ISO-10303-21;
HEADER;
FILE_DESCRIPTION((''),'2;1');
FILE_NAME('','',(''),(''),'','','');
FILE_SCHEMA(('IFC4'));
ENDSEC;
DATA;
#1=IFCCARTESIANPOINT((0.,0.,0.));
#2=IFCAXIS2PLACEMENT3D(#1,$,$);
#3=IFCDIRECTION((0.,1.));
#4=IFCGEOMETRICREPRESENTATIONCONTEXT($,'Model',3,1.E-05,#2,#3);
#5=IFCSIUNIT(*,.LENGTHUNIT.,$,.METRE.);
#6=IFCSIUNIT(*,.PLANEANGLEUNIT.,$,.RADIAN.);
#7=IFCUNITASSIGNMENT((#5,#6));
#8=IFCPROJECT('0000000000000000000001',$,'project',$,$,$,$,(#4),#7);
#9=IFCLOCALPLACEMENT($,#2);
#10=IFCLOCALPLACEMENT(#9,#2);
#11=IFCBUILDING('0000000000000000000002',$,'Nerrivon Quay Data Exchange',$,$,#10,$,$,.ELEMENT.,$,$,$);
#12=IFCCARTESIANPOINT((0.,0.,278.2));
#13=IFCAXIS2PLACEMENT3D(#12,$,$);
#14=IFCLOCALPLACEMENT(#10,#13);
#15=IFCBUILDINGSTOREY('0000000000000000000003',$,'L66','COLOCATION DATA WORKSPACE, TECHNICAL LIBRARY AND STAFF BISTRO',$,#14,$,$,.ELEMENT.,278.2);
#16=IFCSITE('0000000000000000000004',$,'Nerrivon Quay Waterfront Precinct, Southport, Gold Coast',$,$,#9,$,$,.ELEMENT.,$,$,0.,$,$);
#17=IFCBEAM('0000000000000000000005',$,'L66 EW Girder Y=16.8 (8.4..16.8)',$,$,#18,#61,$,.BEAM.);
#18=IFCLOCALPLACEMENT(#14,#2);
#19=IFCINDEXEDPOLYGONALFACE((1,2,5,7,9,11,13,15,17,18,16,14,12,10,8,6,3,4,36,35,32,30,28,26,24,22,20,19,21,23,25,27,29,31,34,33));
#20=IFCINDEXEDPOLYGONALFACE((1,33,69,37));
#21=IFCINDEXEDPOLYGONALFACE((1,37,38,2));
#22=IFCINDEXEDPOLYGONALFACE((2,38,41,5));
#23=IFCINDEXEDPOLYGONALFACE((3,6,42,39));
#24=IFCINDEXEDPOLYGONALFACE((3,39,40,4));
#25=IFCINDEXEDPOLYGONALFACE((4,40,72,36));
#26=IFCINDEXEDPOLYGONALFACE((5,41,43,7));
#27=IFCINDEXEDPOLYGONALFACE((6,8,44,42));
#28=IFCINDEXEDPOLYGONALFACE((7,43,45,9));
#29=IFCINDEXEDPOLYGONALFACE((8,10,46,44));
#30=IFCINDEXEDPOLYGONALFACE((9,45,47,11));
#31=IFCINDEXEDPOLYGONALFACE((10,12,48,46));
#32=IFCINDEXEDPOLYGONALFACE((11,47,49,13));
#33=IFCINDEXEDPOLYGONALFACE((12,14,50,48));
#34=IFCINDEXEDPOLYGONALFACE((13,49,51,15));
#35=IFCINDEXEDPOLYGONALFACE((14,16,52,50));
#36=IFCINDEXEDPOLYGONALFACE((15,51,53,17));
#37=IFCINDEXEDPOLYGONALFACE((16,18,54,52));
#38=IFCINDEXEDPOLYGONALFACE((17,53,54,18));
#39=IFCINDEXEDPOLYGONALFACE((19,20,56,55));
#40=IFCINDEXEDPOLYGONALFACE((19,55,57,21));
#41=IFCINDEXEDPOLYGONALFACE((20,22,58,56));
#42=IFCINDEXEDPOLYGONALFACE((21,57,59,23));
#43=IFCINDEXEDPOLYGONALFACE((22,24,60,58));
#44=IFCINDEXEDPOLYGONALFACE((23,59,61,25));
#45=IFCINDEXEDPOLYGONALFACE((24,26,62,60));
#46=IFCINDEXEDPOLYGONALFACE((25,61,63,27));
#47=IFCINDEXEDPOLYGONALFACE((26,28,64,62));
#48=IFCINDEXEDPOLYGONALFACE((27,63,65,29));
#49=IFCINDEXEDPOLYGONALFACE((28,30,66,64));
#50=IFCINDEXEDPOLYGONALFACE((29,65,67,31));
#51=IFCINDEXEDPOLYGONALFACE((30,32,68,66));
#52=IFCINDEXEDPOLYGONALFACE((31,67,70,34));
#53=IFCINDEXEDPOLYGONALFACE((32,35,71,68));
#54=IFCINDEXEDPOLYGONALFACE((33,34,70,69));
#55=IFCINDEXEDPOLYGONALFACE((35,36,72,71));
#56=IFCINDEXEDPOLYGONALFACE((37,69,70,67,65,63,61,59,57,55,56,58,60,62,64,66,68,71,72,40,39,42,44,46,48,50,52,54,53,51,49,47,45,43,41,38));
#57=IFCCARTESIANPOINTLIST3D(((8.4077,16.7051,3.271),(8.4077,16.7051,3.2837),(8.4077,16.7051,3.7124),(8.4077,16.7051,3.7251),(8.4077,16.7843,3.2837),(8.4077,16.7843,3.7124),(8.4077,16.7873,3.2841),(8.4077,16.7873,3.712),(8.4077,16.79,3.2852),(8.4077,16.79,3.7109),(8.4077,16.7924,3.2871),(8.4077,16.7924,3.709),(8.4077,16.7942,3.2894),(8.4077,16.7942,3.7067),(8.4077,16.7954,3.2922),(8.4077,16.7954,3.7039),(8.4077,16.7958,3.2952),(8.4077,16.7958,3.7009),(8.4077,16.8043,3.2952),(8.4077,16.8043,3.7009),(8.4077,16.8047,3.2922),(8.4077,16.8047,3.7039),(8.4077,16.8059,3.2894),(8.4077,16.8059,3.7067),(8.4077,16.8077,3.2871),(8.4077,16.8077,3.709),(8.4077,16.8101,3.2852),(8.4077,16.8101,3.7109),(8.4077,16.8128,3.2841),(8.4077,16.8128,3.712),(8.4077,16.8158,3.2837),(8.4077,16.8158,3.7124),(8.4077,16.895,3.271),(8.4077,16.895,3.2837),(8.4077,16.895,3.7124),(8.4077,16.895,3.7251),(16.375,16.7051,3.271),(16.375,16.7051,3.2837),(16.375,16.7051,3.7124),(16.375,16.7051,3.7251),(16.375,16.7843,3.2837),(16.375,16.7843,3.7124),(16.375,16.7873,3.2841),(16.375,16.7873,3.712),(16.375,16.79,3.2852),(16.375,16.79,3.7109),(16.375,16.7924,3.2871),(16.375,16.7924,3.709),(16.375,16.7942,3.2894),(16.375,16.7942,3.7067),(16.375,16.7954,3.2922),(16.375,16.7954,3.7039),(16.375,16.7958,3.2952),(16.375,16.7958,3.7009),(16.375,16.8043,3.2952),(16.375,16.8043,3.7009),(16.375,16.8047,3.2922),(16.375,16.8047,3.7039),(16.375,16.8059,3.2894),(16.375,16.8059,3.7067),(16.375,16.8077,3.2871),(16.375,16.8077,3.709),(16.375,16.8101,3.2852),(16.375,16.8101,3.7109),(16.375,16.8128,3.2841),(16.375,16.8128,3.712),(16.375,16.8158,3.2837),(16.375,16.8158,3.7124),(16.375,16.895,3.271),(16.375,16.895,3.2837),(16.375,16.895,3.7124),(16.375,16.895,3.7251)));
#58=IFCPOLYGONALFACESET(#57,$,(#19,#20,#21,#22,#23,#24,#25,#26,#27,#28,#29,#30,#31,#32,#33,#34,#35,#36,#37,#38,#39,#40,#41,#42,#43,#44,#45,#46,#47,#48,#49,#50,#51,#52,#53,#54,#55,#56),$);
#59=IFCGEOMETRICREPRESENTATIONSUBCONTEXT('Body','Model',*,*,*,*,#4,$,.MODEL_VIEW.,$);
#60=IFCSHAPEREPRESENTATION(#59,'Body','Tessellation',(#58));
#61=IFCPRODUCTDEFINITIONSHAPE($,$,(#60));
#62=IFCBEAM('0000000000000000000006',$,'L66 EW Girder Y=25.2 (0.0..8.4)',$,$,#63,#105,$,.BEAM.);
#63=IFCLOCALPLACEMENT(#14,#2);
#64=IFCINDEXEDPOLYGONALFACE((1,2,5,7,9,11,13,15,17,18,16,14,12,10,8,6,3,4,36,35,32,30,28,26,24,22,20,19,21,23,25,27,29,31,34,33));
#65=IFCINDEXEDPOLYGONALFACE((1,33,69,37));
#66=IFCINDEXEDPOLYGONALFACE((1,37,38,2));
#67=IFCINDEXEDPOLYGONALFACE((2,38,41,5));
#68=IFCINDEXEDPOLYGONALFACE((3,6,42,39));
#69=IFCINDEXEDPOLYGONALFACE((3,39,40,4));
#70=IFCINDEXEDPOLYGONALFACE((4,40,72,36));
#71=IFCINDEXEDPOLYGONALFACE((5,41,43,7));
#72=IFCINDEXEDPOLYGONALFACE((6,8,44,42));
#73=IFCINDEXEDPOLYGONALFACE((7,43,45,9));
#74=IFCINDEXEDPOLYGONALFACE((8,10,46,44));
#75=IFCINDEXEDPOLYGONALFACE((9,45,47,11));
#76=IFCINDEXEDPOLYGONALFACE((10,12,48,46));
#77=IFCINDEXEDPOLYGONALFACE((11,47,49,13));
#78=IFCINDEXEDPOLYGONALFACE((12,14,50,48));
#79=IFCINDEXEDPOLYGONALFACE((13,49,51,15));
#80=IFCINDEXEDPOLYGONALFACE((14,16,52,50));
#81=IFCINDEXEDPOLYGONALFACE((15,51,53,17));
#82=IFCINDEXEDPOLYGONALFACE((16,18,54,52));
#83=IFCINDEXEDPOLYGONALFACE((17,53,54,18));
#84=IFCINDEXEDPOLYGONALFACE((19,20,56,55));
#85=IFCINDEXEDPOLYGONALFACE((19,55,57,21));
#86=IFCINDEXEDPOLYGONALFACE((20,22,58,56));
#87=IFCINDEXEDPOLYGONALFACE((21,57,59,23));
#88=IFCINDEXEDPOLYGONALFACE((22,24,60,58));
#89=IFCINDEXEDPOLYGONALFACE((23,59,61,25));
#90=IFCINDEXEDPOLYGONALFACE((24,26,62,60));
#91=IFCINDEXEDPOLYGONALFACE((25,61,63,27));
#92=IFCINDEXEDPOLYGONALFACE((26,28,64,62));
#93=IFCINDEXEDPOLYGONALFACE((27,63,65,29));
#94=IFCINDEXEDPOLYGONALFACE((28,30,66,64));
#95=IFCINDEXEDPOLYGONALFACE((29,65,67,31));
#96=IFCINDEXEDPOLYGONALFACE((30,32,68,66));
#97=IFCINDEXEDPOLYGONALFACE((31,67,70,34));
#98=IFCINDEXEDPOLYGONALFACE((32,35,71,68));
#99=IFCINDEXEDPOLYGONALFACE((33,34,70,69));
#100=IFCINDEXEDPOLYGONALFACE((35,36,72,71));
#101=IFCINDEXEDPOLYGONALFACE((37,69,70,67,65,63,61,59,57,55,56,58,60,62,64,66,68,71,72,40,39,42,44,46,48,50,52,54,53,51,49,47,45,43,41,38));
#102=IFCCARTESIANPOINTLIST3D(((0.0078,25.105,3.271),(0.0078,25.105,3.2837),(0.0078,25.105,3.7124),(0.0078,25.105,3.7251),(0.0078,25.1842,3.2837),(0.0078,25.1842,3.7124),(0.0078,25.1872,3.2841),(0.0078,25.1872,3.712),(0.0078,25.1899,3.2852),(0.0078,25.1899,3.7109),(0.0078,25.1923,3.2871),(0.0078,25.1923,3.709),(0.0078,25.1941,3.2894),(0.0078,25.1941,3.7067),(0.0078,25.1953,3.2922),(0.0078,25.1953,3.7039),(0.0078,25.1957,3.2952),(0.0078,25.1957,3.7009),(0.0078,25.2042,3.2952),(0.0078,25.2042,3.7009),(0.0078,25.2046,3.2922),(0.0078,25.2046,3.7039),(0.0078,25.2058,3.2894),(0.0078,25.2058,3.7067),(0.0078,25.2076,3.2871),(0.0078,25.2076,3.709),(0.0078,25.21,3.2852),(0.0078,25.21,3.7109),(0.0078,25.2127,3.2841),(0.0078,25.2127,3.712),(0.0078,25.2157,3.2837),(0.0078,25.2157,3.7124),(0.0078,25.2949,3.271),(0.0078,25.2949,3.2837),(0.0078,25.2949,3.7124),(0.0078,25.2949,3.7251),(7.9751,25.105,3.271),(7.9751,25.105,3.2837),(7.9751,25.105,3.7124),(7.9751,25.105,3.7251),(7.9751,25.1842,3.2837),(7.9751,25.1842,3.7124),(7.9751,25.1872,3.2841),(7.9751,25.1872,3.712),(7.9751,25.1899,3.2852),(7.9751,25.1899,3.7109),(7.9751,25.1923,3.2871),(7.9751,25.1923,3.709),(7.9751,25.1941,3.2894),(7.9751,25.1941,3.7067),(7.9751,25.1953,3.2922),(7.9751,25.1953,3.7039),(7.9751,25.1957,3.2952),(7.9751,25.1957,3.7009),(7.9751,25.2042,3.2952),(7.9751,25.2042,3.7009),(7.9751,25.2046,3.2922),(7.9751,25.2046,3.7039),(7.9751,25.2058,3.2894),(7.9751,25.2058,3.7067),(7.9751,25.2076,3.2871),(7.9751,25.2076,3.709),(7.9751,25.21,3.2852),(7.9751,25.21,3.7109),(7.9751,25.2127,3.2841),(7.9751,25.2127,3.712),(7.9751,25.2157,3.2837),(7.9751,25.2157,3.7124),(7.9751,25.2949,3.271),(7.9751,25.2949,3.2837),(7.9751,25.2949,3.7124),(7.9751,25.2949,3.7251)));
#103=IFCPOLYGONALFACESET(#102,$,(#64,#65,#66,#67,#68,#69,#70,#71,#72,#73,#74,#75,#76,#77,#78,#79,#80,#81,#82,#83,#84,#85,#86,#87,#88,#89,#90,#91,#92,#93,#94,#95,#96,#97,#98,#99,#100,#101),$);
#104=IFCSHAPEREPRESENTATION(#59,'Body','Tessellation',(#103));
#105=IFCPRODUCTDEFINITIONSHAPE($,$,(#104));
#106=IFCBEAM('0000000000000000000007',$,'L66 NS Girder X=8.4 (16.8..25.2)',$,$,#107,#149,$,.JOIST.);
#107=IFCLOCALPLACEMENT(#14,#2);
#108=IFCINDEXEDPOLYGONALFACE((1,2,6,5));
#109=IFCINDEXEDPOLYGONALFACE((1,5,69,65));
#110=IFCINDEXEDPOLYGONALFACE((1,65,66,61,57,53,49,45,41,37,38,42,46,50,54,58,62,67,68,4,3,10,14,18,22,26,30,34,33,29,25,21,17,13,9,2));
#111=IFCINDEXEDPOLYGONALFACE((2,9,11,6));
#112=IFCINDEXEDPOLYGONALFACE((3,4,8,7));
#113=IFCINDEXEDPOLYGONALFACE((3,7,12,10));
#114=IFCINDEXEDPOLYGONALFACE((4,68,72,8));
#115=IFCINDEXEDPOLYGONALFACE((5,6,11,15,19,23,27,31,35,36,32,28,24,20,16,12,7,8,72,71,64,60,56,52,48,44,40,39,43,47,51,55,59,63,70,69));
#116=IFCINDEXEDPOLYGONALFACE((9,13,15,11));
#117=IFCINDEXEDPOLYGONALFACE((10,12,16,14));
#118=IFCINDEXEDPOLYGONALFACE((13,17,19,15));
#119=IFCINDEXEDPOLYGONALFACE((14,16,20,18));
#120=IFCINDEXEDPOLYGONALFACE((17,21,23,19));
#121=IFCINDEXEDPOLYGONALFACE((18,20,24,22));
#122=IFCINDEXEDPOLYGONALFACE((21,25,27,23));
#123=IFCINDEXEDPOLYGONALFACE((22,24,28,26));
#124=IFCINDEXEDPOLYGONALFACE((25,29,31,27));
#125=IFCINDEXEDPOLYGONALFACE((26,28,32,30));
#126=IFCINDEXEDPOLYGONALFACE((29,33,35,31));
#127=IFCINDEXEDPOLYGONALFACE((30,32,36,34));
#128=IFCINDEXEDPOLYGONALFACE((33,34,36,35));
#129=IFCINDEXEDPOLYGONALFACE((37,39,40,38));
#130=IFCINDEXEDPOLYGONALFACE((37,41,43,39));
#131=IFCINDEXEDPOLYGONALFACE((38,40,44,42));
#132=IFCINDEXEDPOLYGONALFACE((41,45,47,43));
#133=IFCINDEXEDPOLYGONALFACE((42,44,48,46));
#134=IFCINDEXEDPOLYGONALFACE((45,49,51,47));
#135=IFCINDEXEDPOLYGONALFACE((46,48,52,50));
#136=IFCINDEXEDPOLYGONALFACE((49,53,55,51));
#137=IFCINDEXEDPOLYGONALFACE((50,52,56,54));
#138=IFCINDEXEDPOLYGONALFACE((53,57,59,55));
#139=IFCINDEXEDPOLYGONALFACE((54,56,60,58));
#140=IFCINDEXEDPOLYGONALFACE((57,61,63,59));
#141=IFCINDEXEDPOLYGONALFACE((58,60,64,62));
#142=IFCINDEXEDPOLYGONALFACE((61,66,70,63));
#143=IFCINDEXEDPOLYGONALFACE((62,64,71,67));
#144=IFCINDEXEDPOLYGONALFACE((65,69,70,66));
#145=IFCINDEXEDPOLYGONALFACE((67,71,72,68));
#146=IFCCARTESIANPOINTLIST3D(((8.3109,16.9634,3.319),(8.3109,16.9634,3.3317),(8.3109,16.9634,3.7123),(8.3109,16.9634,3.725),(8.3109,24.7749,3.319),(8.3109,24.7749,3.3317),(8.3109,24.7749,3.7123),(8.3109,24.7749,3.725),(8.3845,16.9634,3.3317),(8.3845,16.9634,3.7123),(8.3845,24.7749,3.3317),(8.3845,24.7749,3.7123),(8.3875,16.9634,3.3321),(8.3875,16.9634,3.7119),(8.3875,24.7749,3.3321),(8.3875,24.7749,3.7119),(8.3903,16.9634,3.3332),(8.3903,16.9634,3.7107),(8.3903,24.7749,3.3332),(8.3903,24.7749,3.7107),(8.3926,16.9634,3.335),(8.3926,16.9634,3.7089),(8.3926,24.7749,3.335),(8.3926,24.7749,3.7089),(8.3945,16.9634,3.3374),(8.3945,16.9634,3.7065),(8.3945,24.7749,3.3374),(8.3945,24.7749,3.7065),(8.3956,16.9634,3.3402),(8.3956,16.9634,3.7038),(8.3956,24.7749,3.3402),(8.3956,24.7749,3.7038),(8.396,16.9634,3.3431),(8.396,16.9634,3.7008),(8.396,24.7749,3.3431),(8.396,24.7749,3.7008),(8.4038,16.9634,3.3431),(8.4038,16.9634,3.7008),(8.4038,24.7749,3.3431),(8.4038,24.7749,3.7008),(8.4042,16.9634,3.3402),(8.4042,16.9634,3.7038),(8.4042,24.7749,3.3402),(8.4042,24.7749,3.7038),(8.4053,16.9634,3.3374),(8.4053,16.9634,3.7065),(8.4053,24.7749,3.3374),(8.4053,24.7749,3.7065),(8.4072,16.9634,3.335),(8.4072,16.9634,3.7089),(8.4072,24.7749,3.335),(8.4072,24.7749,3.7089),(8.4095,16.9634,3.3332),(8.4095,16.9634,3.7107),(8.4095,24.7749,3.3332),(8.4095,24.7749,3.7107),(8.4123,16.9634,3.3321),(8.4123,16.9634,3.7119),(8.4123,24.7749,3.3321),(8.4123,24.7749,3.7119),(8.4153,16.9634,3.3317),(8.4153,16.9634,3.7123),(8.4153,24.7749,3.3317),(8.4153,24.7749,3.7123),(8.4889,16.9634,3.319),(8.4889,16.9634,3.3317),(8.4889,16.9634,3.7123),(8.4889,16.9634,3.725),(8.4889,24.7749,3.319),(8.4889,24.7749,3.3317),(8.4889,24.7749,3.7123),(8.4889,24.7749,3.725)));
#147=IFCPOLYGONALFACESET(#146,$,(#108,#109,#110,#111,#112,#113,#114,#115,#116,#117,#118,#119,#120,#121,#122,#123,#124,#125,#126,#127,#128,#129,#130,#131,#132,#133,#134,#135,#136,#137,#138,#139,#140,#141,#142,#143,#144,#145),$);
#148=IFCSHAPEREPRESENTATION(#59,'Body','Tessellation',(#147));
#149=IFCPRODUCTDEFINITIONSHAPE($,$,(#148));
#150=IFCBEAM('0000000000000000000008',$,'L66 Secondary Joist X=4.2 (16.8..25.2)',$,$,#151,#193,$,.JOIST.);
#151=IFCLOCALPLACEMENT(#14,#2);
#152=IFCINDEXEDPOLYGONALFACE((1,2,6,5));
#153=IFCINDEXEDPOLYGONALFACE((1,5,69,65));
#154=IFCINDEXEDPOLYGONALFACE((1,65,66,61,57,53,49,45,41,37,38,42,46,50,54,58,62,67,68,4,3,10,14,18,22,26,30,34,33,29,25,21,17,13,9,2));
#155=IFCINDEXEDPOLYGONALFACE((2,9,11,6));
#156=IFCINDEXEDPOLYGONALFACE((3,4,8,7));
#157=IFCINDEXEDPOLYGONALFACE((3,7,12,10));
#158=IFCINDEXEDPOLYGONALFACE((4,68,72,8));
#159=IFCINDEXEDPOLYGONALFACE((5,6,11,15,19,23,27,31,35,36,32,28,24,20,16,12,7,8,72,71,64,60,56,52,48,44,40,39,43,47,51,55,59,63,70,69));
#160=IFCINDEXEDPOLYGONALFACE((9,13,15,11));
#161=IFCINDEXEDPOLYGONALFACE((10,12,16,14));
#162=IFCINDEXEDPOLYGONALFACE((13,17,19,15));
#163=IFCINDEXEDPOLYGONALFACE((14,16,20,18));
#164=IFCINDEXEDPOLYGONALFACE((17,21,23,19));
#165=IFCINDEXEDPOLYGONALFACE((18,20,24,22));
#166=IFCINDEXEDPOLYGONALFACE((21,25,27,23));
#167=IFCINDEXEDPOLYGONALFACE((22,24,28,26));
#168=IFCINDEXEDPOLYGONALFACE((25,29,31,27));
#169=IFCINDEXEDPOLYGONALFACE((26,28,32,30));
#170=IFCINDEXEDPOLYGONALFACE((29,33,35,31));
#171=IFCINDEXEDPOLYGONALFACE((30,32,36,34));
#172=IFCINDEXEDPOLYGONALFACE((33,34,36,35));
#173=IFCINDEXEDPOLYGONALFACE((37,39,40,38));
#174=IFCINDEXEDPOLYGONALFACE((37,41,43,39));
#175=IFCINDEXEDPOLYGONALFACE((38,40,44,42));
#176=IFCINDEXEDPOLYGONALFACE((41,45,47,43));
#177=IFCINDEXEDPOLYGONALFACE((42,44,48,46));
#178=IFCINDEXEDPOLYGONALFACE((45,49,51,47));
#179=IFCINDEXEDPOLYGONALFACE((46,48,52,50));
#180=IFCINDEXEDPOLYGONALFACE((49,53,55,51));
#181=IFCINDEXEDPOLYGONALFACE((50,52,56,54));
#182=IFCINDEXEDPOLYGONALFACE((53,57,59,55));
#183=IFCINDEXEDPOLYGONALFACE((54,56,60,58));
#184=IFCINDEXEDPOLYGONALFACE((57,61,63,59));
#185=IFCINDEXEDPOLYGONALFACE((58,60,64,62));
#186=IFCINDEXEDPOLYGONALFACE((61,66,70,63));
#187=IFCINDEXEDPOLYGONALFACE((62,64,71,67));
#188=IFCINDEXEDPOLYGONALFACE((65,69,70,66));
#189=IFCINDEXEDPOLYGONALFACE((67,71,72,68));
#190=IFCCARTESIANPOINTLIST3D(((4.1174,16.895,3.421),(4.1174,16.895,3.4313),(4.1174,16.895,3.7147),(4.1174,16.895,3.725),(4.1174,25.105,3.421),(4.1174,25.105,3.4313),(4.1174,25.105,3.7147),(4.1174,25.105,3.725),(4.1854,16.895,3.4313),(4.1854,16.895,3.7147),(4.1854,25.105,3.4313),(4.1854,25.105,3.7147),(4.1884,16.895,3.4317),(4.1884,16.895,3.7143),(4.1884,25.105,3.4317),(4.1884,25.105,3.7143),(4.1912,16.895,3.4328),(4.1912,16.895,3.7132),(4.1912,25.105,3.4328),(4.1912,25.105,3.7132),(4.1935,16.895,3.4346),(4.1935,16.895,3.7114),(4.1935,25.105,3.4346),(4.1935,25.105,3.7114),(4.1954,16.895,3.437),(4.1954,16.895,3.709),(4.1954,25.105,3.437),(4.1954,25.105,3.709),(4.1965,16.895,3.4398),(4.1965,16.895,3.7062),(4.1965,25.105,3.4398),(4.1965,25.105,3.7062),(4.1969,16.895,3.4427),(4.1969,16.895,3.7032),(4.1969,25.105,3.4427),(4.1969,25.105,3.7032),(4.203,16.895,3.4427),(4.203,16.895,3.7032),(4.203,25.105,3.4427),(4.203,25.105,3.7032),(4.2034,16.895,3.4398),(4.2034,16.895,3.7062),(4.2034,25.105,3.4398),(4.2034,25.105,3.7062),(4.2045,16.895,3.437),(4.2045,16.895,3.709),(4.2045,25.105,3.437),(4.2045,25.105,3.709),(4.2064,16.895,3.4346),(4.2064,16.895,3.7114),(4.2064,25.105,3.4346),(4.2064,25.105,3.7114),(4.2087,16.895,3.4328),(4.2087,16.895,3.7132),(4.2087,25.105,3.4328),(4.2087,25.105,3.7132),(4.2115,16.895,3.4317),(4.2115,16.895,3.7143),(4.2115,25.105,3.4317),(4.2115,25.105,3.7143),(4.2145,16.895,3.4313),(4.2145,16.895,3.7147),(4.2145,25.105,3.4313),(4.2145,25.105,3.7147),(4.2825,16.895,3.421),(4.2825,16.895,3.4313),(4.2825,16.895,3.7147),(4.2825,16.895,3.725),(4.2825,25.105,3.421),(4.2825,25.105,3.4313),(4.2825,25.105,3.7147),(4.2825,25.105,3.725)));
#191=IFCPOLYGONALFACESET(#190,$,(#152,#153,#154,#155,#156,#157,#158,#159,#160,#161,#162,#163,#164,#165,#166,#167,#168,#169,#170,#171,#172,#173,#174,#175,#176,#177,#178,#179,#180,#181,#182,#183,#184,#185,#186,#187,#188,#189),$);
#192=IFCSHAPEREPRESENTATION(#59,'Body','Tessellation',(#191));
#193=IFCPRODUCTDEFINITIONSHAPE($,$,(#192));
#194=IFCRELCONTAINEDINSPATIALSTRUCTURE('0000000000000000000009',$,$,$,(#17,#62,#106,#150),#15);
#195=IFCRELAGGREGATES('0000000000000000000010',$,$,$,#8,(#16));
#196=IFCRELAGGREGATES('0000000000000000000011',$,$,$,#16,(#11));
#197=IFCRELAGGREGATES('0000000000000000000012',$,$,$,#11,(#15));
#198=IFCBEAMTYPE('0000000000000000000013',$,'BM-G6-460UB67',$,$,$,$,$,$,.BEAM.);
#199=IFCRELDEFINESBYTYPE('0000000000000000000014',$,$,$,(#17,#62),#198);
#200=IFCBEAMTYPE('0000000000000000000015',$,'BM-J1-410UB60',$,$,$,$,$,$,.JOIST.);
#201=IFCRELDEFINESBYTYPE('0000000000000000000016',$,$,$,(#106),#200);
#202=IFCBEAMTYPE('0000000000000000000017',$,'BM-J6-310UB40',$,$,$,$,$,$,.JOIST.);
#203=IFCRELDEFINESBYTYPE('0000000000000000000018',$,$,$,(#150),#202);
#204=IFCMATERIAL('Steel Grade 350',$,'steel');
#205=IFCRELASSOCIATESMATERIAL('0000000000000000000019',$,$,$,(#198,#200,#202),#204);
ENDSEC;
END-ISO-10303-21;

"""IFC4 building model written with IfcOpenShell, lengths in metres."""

from ifc_helpers import new_model, si_unit, direction, frame, origin, origin_2d, place, context, subcontext, project, spatial, i_section, extrude, material, material_profile, profile_set, type_object, element, save


model = new_model("IFC4")

# Units and contexts
model_context = context("Model", 3, precision=1e-05, world=origin(), true_north=direction((0.0, 1.0)))
body_context = subcontext(model_context, "Body", "Model", "MODEL_VIEW")
ifc_project = project(units=[si_unit("LENGTHUNIT", "METRE"), si_unit("PLANEANGLEUNIT", "RADIAN")], contexts=[model_context])

# Site, building, storey
site_placement = place(None, origin())
site = spatial("IfcSite", under=ifc_project, at=site_placement, Name="Nerrivon Quay Waterfront Precinct, Southport, Gold Coast", CompositionType="ELEMENT", RefElevation=0.0)
building_placement = place(site_placement, origin())
building = spatial("IfcBuilding", under=site, at=building_placement, Name="Nerrivon Quay Data Exchange", CompositionType="ELEMENT")
storey_placement = place(building_placement, frame((0.0, 0.0, 278.2)))
storey = spatial("IfcBuildingStorey", under=building, at=storey_placement, Name="L66", Description="COLOCATION DATA WORKSPACE, TECHNICAL LIBRARY AND STAFF BISTRO", CompositionType="ELEMENT", Elevation=278.2)

# Shared definitions
ifc_material_1 = material(Name="Steel Grade 350", Category="steel")

# Beams
ifc_material_profile_1 = material_profile(ifc_material_1, i_section(OverallWidth=0.1899, OverallDepth=0.4541, WebThickness=0.0085, FlangeThickness=0.0127, FilletRadius=0.0115, at=origin_2d()), Name="460UB67.1")
ifc_profile_set_1 = profile_set([ifc_material_profile_1], Name="Steel Grade 350")
beam_type_1 = type_object("IfcBeamType", Name="BM-G6-460UB67", PredefinedType="BEAM", material=ifc_profile_set_1)
for number, where, z_axis, x_axis, name in (
    (1, (8.4077, 16.8, 3.498), (1.0, 0.0, 0.0), (0.0, 1.0, 0.0), "L66 EW Girder Y=16.8 (8.4..16.8)"),
    (2, (0.0078, 25.2, 3.498), (1.0, 0.0, 0.0), (0.0, 1.0, 0.0), "L66 EW Girder Y=25.2 (0.0..8.4)"),
):
    element("IfcBeam", number, at=place(storey_placement, frame(where, z_axis=z_axis, x_axis=x_axis)), inside=storey, type_object=beam_type_1, Name=name, PredefinedType="BEAM", context=body_context, shape_type="SweptSolid", body=[
        extrude(i_section(OverallWidth=0.1899, OverallDepth=0.4541, WebThickness=0.0085, FlangeThickness=0.0127, FilletRadius=0.0115, at=origin_2d()), origin(), (0.0, 0.0, 1.0), 7.9673),
    ])
ifc_material_profile_2 = material_profile(ifc_material_1, i_section(OverallWidth=0.178, OverallDepth=0.406, WebThickness=0.0078, FlangeThickness=0.0127, FilletRadius=0.0115, at=origin_2d()), Name="410UB59.7")
ifc_profile_set_2 = profile_set([ifc_material_profile_2], Name="Steel Grade 350")
beam_type_2 = type_object("IfcBeamType", Name="BM-J1-410UB60", PredefinedType="JOIST", material=ifc_profile_set_2)
beam_1_placement = place(storey_placement, frame((8.3999, 16.9634, 3.522), z_axis=(0.0, 1.0, 0.0), x_axis=(-1.0, 0.0, 0.0)))
element("IfcBeam", 3, at=beam_1_placement, inside=storey, type_object=beam_type_2, Name="L66 NS Girder X=8.4 (16.8..25.2)", PredefinedType="JOIST", context=body_context, shape_type="SweptSolid", body=[
    extrude(i_section(OverallWidth=0.178, OverallDepth=0.406, WebThickness=0.0078, FlangeThickness=0.0127, FilletRadius=0.0115, at=origin_2d()), origin(), (0.0, 0.0, 1.0), 7.8115),
])
ifc_material_profile_3 = material_profile(ifc_material_1, i_section(OverallWidth=0.165, OverallDepth=0.304, WebThickness=0.0061, FlangeThickness=0.0103, FilletRadius=0.0115, at=origin_2d()), Name="310UB40.4")
ifc_profile_set_3 = profile_set([ifc_material_profile_3], Name="Steel Grade 350")
beam_type_3 = type_object("IfcBeamType", Name="BM-J6-310UB40", PredefinedType="JOIST", material=ifc_profile_set_3)
for number, where, z_axis, x_axis, name in (
    (4, (4.2, 16.895, 3.573), (0.0, 1.0, 0.0), (-1.0, 0.0, 0.0), "L66 Secondary Joist X=4.2 (16.8..25.2)"),
):
    element("IfcBeam", number, at=place(storey_placement, frame(where, z_axis=z_axis, x_axis=x_axis)), inside=storey, type_object=beam_type_3, Name=name, PredefinedType="JOIST", context=body_context, shape_type="SweptSolid", body=[
        extrude(i_section(OverallWidth=0.165, OverallDepth=0.304, WebThickness=0.0061, FlangeThickness=0.0103, FilletRadius=0.0115, at=origin_2d()), origin(), (0.0, 0.0, 1.0), 8.21),
    ])

save(model, "model.ifc")
